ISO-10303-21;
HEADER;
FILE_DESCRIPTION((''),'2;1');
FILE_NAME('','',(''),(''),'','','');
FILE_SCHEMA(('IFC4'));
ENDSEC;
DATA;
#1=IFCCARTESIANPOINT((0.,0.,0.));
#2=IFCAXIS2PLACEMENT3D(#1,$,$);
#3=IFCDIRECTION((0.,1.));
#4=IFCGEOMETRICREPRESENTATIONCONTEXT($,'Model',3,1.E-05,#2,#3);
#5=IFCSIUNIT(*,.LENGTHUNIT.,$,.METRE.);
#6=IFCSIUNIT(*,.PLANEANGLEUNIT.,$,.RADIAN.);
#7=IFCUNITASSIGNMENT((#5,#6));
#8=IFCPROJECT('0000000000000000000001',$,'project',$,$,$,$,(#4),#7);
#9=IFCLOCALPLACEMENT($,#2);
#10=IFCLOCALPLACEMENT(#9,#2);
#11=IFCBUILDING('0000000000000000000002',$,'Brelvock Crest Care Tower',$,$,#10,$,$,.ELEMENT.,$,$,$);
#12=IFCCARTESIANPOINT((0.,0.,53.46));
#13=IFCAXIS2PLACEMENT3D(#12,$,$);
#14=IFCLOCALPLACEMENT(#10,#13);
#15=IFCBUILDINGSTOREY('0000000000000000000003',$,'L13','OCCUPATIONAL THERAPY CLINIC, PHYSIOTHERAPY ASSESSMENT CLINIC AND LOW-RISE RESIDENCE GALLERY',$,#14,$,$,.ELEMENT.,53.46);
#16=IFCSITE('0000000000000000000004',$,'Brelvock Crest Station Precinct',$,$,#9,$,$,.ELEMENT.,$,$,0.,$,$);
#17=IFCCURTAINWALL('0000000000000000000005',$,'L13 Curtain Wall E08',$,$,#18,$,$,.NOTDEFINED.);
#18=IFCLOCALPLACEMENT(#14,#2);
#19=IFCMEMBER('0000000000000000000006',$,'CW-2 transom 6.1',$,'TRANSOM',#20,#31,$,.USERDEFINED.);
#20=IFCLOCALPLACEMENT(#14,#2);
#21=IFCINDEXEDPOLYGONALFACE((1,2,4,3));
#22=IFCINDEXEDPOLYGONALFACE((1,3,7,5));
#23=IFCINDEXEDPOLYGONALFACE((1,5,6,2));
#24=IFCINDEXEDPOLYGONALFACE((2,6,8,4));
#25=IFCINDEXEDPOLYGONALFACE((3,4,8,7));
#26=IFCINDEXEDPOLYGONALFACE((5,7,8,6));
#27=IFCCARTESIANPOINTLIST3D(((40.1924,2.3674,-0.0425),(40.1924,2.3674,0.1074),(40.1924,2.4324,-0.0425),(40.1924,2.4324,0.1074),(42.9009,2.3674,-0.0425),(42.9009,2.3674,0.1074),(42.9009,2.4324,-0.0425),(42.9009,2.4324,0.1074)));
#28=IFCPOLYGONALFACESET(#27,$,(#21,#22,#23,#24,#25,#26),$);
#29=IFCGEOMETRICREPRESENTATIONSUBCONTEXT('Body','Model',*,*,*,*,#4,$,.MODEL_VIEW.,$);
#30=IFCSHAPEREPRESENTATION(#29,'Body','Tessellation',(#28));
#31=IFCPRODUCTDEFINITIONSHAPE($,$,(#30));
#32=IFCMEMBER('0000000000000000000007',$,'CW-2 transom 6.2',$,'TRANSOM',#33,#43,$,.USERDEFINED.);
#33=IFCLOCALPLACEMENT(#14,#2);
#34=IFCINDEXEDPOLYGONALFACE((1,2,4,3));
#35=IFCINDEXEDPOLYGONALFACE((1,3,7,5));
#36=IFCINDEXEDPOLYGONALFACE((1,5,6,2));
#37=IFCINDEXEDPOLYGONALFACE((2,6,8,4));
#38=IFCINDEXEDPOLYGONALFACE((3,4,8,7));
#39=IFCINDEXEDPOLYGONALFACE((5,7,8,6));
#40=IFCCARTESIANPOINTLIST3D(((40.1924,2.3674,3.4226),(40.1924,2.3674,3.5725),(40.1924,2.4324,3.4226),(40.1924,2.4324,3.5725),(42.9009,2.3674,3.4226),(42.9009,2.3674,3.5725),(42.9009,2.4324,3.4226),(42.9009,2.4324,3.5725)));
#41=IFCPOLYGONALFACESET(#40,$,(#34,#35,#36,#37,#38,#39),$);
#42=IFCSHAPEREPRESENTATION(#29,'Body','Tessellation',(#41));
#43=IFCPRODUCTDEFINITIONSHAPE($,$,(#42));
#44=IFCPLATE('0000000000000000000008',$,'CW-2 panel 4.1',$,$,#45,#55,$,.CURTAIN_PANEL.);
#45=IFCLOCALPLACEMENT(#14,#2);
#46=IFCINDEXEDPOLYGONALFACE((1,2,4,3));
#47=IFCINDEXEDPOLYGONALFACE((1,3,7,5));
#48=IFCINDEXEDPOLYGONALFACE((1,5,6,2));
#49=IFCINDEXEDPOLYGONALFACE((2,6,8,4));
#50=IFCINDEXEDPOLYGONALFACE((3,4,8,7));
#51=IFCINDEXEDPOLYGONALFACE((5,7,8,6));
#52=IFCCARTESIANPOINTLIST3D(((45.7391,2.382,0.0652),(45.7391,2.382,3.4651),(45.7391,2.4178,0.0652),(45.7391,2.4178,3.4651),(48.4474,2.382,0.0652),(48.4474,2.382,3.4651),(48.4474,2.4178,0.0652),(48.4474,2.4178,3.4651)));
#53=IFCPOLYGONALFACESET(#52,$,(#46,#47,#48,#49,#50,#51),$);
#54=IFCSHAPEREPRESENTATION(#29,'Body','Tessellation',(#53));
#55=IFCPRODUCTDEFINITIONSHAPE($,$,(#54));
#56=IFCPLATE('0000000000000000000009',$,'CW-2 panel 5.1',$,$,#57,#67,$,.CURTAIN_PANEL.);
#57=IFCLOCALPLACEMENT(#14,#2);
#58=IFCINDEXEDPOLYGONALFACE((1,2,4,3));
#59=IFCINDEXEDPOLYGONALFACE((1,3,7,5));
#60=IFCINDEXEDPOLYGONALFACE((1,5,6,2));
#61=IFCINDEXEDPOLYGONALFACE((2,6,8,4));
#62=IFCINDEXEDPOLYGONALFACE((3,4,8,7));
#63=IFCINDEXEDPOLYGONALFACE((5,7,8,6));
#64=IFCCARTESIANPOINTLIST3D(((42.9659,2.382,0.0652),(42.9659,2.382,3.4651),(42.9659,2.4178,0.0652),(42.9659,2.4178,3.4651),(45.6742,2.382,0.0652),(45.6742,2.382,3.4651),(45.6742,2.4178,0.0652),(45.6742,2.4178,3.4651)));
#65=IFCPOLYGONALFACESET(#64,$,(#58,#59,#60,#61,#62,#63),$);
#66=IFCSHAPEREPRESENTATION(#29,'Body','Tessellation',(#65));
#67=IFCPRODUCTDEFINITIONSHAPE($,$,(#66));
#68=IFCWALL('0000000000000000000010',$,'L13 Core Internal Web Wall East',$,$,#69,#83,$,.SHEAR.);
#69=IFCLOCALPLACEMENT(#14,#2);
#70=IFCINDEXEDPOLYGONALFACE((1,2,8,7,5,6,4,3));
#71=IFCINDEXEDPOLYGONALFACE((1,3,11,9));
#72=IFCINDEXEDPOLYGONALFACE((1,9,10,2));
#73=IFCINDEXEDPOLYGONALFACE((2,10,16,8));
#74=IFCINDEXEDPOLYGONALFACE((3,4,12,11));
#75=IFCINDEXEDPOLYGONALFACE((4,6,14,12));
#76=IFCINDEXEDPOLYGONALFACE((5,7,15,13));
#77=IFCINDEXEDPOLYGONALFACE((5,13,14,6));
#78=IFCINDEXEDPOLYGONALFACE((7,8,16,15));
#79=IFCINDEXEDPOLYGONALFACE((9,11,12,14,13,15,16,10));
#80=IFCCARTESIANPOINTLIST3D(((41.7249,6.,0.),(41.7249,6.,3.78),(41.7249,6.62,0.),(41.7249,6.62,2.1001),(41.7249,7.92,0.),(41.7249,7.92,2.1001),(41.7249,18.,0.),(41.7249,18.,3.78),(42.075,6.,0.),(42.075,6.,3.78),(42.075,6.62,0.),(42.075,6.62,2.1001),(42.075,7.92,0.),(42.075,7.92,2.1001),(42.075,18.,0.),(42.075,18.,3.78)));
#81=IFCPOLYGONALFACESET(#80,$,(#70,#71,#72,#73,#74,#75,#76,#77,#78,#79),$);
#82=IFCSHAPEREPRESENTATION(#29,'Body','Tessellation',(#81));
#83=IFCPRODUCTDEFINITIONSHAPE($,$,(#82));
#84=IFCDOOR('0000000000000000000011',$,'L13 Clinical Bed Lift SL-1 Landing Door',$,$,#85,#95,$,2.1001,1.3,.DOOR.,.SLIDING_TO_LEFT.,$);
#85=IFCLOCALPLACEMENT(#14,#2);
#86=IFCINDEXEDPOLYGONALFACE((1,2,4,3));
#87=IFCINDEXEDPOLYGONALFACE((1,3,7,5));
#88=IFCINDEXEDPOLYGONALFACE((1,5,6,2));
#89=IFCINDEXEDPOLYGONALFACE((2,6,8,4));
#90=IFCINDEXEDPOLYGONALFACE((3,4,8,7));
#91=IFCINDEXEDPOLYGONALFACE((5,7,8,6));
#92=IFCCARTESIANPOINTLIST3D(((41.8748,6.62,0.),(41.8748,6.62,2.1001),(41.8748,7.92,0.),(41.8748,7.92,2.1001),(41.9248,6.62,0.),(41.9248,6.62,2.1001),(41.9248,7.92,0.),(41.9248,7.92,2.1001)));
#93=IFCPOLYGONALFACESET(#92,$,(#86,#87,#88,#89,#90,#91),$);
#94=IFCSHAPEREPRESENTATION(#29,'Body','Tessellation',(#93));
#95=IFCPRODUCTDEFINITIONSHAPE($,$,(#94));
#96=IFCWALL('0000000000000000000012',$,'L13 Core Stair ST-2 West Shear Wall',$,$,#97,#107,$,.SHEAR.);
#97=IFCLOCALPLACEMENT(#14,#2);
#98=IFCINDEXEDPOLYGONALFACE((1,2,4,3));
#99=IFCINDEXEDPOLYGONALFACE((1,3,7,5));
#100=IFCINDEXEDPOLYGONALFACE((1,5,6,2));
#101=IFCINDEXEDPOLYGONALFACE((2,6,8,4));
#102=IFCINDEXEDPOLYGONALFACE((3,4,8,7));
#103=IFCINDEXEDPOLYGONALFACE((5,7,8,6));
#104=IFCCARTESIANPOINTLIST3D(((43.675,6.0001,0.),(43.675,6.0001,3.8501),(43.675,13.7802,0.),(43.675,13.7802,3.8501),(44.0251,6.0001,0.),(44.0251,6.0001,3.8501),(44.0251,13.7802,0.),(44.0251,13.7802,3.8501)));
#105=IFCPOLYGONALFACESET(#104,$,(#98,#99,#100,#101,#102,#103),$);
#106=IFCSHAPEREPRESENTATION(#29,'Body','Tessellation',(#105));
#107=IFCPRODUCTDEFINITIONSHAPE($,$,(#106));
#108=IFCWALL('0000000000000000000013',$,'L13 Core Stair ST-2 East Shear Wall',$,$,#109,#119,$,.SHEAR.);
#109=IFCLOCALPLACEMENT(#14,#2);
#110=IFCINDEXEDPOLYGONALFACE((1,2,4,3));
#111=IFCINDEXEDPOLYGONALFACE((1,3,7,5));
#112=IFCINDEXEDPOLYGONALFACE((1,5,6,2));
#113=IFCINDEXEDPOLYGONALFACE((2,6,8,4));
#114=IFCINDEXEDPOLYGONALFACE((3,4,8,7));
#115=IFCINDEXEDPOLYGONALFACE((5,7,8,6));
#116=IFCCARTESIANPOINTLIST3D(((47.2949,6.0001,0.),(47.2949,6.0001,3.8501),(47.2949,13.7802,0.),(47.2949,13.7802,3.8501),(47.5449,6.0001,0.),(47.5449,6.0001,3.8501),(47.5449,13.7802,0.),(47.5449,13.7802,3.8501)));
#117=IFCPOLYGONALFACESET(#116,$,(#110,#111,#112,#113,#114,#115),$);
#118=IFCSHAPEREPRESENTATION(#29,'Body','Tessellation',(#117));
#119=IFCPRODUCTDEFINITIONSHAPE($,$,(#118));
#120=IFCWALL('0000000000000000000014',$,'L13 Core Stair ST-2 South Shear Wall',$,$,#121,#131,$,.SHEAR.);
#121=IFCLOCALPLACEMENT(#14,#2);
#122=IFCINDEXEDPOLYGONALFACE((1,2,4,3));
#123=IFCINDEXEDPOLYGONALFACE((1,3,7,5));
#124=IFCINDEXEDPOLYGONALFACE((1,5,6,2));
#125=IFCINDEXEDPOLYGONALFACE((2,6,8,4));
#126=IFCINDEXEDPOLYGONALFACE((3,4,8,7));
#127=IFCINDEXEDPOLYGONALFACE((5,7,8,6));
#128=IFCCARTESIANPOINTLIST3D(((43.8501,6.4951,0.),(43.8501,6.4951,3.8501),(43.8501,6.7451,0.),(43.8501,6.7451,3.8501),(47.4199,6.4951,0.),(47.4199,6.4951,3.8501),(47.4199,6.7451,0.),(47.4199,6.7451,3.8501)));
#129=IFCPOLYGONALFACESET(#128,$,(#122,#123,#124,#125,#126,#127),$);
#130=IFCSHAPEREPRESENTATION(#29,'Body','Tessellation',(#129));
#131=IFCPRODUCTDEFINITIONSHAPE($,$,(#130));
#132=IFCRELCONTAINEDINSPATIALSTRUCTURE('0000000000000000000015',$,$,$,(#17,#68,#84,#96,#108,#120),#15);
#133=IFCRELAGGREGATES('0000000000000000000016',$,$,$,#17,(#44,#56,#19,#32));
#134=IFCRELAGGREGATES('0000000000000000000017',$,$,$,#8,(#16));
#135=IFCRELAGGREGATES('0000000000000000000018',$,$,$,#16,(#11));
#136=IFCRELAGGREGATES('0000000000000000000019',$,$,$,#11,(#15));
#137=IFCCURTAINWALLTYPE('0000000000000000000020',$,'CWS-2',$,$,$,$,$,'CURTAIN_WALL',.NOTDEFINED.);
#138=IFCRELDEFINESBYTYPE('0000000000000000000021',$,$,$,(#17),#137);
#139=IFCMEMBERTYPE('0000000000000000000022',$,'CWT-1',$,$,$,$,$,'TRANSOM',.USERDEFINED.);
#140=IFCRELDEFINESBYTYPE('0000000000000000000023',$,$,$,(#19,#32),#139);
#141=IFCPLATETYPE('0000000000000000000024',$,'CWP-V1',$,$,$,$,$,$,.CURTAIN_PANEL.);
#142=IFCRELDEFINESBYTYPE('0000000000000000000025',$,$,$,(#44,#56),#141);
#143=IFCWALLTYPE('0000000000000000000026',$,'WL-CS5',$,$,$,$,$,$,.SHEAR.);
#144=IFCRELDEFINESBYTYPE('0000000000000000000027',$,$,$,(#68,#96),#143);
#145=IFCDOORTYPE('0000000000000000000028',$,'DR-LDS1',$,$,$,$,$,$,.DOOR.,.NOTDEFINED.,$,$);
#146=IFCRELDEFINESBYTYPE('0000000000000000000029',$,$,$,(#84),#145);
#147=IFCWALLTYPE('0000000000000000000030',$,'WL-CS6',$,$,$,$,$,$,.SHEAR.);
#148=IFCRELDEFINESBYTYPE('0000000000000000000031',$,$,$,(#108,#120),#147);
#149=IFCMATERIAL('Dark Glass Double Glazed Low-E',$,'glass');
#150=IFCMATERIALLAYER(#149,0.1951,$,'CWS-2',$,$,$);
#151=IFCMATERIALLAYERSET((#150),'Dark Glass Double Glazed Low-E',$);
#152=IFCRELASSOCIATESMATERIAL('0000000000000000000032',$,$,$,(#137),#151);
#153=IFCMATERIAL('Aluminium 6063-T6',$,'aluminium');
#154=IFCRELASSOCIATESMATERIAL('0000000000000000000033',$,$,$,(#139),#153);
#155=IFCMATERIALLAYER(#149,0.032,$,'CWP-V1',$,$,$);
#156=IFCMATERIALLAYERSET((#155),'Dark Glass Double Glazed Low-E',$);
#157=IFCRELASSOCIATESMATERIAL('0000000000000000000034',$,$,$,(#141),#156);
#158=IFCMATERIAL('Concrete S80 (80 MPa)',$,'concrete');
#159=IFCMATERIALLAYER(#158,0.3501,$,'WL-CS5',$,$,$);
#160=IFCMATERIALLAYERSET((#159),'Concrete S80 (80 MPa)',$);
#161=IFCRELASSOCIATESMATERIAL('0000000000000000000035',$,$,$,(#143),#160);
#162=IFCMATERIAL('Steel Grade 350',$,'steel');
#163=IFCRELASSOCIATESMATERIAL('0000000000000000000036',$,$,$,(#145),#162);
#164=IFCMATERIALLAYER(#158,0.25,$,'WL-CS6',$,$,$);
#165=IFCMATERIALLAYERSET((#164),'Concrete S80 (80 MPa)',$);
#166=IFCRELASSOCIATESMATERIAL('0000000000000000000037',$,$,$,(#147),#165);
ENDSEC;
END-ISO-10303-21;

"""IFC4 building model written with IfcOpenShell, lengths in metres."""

from ifc_helpers import new_model, si_unit, direction, frame, frame_2d, origin, origin_2d, place, context, subcontext, project, spatial, rectangle, extrude, source, transform, mapped, material, layer, layer_set, material_profile, profile_set, type_object, element, fill, aggregate, save


model = new_model("IFC4")

# Units and contexts
model_context = context("Model", 3, precision=1e-05, world=origin(), true_north=direction((0.0, 1.0)))
body_context = subcontext(model_context, "Body", "Model", "MODEL_VIEW")
ifc_project = project(units=[si_unit("LENGTHUNIT", "METRE"), si_unit("PLANEANGLEUNIT", "RADIAN")], contexts=[model_context])

# Site, building, storey
site_placement = place(None, origin())
site = spatial("IfcSite", under=ifc_project, at=site_placement, Name="Brelvock Crest Station Precinct", CompositionType="ELEMENT", RefElevation=0.0)
building_placement = place(site_placement, origin())
building = spatial("IfcBuilding", under=site, at=building_placement, Name="Brelvock Crest Care Tower", CompositionType="ELEMENT")
storey_placement = place(building_placement, frame((0.0, 0.0, 53.46)))
storey = spatial("IfcBuildingStorey", under=building, at=storey_placement, Name="L13", Description="OCCUPATIONAL THERAPY CLINIC, PHYSIOTHERAPY ASSESSMENT CLINIC AND LOW-RISE RESIDENCE GALLERY", CompositionType="ELEMENT", Elevation=53.46)

# Shared definitions
ifc_material_1 = material(Name="Concrete S80 (80 MPa)", Category="concrete")

# Shared definitions
ifc_material_2 = material(Name="Steel Grade 350", Category="steel")

# Curtain wall, members, plates
ifc_material_3 = material(Name="Dark Glass Double Glazed Low-E", Category="glass")
ifc_layer_1 = layer(ifc_material_3, 0.1951, Name="CWS-2")
ifc_layer_set_1 = layer_set([ifc_layer_1], Name="Dark Glass Double Glazed Low-E")
curtain_wall_type = type_object("IfcCurtainWallType", Name="CWS-2", ElementType="CURTAIN_WALL", PredefinedType="NOTDEFINED", material=ifc_layer_set_1)
curtain_wall_placement = place(storey_placement, origin())
curtain_wall = element("IfcCurtainWall", 1, at=curtain_wall_placement, inside=storey, type_object=curtain_wall_type, Name="L13 Curtain Wall E08", PredefinedType="NOTDEFINED")
ifc_material_4 = material(Name="Aluminium 6063-T6", Category="aluminium")
ifc_material_profile_1 = material_profile(ifc_material_4, rectangle(XDim=0.0649, YDim=0.1499, at=origin_2d()), Name="ALU65x150")
ifc_profile_set_1 = profile_set([ifc_material_profile_1], Name="Aluminium 6063-T6")
member_type_1 = type_object("IfcMemberType", Name="CWT-1", ElementType="TRANSOM", PredefinedType="USERDEFINED", material=ifc_profile_set_1)
shared_shape_1 = source(origin(), body_context, "Body", "SweptSolid", [
    extrude(rectangle(XDim=0.0649, YDim=0.1499, at=origin_2d()), origin(), (0.0, 0.0, 1.0), 2.7085),
])
member_1_placement = place(storey_placement, frame((42.9009, 2.3999, 0.0325), z_axis=(-1.0, 0.0, 0.0), x_axis=(0.0, -1.0, 0.0)))
member_1 = element("IfcMember", 2, at=member_1_placement, type_object=member_type_1, Name="CW-2 transom 6.1", ObjectType="TRANSOM", PredefinedType="USERDEFINED", context=body_context, shape_type="MappedRepresentation", body=[
    mapped(shared_shape_1, transform((0.0, 0.0, 0.0), x_axis=(1.0, 0.0, 0.0), y_axis=(0.0, 1.0, 0.0), z_axis=(0.0, 0.0, 1.0), scale=1.0)),
])
member_2_placement = place(storey_placement, frame((42.9009, 2.3999, 3.4976), z_axis=(-1.0, 0.0, 0.0), x_axis=(0.0, -1.0, 0.0)))
member_2 = element("IfcMember", 3, at=member_2_placement, type_object=member_type_1, Name="CW-2 transom 6.2", ObjectType="TRANSOM", PredefinedType="USERDEFINED", context=body_context, shape_type="MappedRepresentation", body=[
    mapped(shared_shape_1, transform((0.0, 0.0, 0.0), x_axis=(1.0, 0.0, 0.0), y_axis=(0.0, 1.0, 0.0), z_axis=(0.0, 0.0, 1.0), scale=1.0)),
])
ifc_layer_2 = layer(ifc_material_3, 0.032, Name="CWP-V1")
ifc_layer_set_2 = layer_set([ifc_layer_2], Name="Dark Glass Double Glazed Low-E")
plate_type = type_object("IfcPlateType", Name="CWP-V1", PredefinedType="CURTAIN_PANEL", material=ifc_layer_set_2)
shared_shape_2 = source(origin(), body_context, "Body", "SweptSolid", [
    extrude(rectangle(XDim=2.7083, YDim=0.0359, at=origin_2d()), origin(), (0.0, 0.0, 1.0), 3.3999),
])
plate_1_placement = place(storey_placement, frame((47.0933, 2.3999, 0.0652), z_axis=(0.0, 0.0, 1.0), x_axis=(-1.0, 0.0, 0.0)))
plate_1 = element("IfcPlate", 4, at=plate_1_placement, type_object=plate_type, Name="CW-2 panel 4.1", PredefinedType="CURTAIN_PANEL", context=body_context, shape_type="MappedRepresentation", body=[
    mapped(shared_shape_2, transform((0.0, 0.0, 0.0), x_axis=(1.0, 0.0, 0.0), y_axis=(0.0, 1.0, 0.0), z_axis=(0.0, 0.0, 1.0), scale=1.0)),
])
plate_2_placement = place(storey_placement, frame((44.3201, 2.3999, 0.0652), z_axis=(0.0, 0.0, 1.0), x_axis=(-1.0, 0.0, 0.0)))
plate_2 = element("IfcPlate", 5, at=plate_2_placement, type_object=plate_type, Name="CW-2 panel 5.1", PredefinedType="CURTAIN_PANEL", context=body_context, shape_type="MappedRepresentation", body=[
    mapped(shared_shape_2, transform((0.0, 0.0, 0.0), x_axis=(1.0, 0.0, 0.0), y_axis=(0.0, 1.0, 0.0), z_axis=(0.0, 0.0, 1.0), scale=1.0)),
])
aggregate(curtain_wall, [plate_1, plate_2, member_1, member_2])

# Wall, opening, door
ifc_layer_3 = layer(ifc_material_1, 0.3501, Name="WL-CS5")
ifc_layer_set_3 = layer_set([ifc_layer_3], Name="Concrete S80 (80 MPa)")
wall_type_1 = type_object("IfcWallType", Name="WL-CS5", PredefinedType="SHEAR", material=ifc_layer_set_3)
wall_1_placement = place(storey_placement, frame((41.8999, 18.0, 0.0), z_axis=(0.0, 0.0, 1.0), x_axis=(0.0, -1.0, 0.0)))
wall_1 = element("IfcWall", 6, at=wall_1_placement, inside=storey, type_object=wall_type_1, Name="L13 Core Internal Web Wall East", PredefinedType="SHEAR", context=body_context, shape_type="SweptSolid", body=[
    extrude(rectangle(XDim=12.0, YDim=0.3501, at=frame_2d((6.0, 0.0))), origin(), (0.0, 0.0, 1.0), 3.78),
])
opening_1_placement = place(wall_1_placement, frame((10.0801, 0.0, 0.0)))
opening_1 = element("IfcOpeningElement", 7, at=opening_1_placement, cuts=wall_1, PredefinedType="OPENING", context=body_context, shape_type="SweptSolid", body=[
    extrude(rectangle(XDim=1.3, YDim=2.1001, at=origin_2d()), frame((0.6499, 0.1851, 1.05), z_axis=(0.0, -1.0, 0.0), x_axis=(1.0, 0.0, 0.0)), (0.0, 0.0, 1.0), 0.3701),
])
door_type_1 = type_object("IfcDoorType", Name="DR-LDS1", OperationType="NOTDEFINED", PredefinedType="DOOR", material=ifc_material_2)
shared_shape_3 = source(origin(), body_context, "Body", "SweptSolid", [
    extrude(rectangle(XDim=1.3, YDim=2.1001, at=origin_2d()), frame((0.6499, 0.0249, 1.05), z_axis=(0.0, -1.0, 0.0), x_axis=(1.0, 0.0, 0.0)), (0.0, 0.0, 1.0), 0.05),
])
door_1_placement = place(opening_1_placement, origin())
door_1 = element("IfcDoor", 8, at=door_1_placement, inside=storey, type_object=door_type_1, Name="L13 Clinical Bed Lift SL-1 Landing Door", OperationType="SLIDING_TO_LEFT", OverallHeight=2.1001, OverallWidth=1.3, PredefinedType="DOOR", context=body_context, shape_type="MappedRepresentation", body=[
    mapped(shared_shape_3, transform((0.0, 0.0, 0.0), x_axis=(1.0, 0.0, 0.0), y_axis=(0.0, 1.0, 0.0), z_axis=(0.0, 0.0, 1.0), scale=1.0)),
])
fill(opening_1, door_1)

# Walls
wall_2_placement = place(storey_placement, frame((43.8501, 6.0, 0.0), z_axis=(0.0, 0.0, 1.0), x_axis=(0.0, 1.0, 0.0)))
element("IfcWall", 9, at=wall_2_placement, inside=storey, type_object=wall_type_1, Name="L13 Core Stair ST-2 West Shear Wall", PredefinedType="SHEAR", context=body_context, shape_type="SweptSolid", body=[
    extrude(rectangle(XDim=7.78, YDim=0.3501, at=frame_2d((3.8901, 0.0))), origin(), (0.0, 0.0, 1.0), 3.8501),
])
ifc_layer_4 = layer(ifc_material_1, 0.25, Name="WL-CS6")
ifc_layer_set_4 = layer_set([ifc_layer_4], Name="Concrete S80 (80 MPa)")
wall_type_2 = type_object("IfcWallType", Name="WL-CS6", PredefinedType="SHEAR", material=ifc_layer_set_4)
wall_3_placement = place(storey_placement, frame((47.4199, 6.0, 0.0), z_axis=(0.0, 0.0, 1.0), x_axis=(0.0, 1.0, 0.0)))
element("IfcWall", 10, at=wall_3_placement, inside=storey, type_object=wall_type_2, Name="L13 Core Stair ST-2 East Shear Wall", PredefinedType="SHEAR", context=body_context, shape_type="SweptSolid", body=[
    extrude(rectangle(XDim=7.78, YDim=0.25, at=frame_2d((3.8901, 0.0))), origin(), (0.0, 0.0, 1.0), 3.8501),
])
wall_4_placement = place(storey_placement, frame((43.8501, 6.6201, 0.0), z_axis=(0.0, 0.0, 1.0), x_axis=(1.0, 0.0, 0.0)))
element("IfcWall", 11, at=wall_4_placement, inside=storey, type_object=wall_type_2, Name="L13 Core Stair ST-2 South Shear Wall", PredefinedType="SHEAR", context=body_context, shape_type="SweptSolid", body=[
    extrude(rectangle(XDim=3.5698, YDim=0.25, at=frame_2d((1.7849, 0.0))), origin(), (0.0, 0.0, 1.0), 3.8501),
])

save(model, "model.ifc")
